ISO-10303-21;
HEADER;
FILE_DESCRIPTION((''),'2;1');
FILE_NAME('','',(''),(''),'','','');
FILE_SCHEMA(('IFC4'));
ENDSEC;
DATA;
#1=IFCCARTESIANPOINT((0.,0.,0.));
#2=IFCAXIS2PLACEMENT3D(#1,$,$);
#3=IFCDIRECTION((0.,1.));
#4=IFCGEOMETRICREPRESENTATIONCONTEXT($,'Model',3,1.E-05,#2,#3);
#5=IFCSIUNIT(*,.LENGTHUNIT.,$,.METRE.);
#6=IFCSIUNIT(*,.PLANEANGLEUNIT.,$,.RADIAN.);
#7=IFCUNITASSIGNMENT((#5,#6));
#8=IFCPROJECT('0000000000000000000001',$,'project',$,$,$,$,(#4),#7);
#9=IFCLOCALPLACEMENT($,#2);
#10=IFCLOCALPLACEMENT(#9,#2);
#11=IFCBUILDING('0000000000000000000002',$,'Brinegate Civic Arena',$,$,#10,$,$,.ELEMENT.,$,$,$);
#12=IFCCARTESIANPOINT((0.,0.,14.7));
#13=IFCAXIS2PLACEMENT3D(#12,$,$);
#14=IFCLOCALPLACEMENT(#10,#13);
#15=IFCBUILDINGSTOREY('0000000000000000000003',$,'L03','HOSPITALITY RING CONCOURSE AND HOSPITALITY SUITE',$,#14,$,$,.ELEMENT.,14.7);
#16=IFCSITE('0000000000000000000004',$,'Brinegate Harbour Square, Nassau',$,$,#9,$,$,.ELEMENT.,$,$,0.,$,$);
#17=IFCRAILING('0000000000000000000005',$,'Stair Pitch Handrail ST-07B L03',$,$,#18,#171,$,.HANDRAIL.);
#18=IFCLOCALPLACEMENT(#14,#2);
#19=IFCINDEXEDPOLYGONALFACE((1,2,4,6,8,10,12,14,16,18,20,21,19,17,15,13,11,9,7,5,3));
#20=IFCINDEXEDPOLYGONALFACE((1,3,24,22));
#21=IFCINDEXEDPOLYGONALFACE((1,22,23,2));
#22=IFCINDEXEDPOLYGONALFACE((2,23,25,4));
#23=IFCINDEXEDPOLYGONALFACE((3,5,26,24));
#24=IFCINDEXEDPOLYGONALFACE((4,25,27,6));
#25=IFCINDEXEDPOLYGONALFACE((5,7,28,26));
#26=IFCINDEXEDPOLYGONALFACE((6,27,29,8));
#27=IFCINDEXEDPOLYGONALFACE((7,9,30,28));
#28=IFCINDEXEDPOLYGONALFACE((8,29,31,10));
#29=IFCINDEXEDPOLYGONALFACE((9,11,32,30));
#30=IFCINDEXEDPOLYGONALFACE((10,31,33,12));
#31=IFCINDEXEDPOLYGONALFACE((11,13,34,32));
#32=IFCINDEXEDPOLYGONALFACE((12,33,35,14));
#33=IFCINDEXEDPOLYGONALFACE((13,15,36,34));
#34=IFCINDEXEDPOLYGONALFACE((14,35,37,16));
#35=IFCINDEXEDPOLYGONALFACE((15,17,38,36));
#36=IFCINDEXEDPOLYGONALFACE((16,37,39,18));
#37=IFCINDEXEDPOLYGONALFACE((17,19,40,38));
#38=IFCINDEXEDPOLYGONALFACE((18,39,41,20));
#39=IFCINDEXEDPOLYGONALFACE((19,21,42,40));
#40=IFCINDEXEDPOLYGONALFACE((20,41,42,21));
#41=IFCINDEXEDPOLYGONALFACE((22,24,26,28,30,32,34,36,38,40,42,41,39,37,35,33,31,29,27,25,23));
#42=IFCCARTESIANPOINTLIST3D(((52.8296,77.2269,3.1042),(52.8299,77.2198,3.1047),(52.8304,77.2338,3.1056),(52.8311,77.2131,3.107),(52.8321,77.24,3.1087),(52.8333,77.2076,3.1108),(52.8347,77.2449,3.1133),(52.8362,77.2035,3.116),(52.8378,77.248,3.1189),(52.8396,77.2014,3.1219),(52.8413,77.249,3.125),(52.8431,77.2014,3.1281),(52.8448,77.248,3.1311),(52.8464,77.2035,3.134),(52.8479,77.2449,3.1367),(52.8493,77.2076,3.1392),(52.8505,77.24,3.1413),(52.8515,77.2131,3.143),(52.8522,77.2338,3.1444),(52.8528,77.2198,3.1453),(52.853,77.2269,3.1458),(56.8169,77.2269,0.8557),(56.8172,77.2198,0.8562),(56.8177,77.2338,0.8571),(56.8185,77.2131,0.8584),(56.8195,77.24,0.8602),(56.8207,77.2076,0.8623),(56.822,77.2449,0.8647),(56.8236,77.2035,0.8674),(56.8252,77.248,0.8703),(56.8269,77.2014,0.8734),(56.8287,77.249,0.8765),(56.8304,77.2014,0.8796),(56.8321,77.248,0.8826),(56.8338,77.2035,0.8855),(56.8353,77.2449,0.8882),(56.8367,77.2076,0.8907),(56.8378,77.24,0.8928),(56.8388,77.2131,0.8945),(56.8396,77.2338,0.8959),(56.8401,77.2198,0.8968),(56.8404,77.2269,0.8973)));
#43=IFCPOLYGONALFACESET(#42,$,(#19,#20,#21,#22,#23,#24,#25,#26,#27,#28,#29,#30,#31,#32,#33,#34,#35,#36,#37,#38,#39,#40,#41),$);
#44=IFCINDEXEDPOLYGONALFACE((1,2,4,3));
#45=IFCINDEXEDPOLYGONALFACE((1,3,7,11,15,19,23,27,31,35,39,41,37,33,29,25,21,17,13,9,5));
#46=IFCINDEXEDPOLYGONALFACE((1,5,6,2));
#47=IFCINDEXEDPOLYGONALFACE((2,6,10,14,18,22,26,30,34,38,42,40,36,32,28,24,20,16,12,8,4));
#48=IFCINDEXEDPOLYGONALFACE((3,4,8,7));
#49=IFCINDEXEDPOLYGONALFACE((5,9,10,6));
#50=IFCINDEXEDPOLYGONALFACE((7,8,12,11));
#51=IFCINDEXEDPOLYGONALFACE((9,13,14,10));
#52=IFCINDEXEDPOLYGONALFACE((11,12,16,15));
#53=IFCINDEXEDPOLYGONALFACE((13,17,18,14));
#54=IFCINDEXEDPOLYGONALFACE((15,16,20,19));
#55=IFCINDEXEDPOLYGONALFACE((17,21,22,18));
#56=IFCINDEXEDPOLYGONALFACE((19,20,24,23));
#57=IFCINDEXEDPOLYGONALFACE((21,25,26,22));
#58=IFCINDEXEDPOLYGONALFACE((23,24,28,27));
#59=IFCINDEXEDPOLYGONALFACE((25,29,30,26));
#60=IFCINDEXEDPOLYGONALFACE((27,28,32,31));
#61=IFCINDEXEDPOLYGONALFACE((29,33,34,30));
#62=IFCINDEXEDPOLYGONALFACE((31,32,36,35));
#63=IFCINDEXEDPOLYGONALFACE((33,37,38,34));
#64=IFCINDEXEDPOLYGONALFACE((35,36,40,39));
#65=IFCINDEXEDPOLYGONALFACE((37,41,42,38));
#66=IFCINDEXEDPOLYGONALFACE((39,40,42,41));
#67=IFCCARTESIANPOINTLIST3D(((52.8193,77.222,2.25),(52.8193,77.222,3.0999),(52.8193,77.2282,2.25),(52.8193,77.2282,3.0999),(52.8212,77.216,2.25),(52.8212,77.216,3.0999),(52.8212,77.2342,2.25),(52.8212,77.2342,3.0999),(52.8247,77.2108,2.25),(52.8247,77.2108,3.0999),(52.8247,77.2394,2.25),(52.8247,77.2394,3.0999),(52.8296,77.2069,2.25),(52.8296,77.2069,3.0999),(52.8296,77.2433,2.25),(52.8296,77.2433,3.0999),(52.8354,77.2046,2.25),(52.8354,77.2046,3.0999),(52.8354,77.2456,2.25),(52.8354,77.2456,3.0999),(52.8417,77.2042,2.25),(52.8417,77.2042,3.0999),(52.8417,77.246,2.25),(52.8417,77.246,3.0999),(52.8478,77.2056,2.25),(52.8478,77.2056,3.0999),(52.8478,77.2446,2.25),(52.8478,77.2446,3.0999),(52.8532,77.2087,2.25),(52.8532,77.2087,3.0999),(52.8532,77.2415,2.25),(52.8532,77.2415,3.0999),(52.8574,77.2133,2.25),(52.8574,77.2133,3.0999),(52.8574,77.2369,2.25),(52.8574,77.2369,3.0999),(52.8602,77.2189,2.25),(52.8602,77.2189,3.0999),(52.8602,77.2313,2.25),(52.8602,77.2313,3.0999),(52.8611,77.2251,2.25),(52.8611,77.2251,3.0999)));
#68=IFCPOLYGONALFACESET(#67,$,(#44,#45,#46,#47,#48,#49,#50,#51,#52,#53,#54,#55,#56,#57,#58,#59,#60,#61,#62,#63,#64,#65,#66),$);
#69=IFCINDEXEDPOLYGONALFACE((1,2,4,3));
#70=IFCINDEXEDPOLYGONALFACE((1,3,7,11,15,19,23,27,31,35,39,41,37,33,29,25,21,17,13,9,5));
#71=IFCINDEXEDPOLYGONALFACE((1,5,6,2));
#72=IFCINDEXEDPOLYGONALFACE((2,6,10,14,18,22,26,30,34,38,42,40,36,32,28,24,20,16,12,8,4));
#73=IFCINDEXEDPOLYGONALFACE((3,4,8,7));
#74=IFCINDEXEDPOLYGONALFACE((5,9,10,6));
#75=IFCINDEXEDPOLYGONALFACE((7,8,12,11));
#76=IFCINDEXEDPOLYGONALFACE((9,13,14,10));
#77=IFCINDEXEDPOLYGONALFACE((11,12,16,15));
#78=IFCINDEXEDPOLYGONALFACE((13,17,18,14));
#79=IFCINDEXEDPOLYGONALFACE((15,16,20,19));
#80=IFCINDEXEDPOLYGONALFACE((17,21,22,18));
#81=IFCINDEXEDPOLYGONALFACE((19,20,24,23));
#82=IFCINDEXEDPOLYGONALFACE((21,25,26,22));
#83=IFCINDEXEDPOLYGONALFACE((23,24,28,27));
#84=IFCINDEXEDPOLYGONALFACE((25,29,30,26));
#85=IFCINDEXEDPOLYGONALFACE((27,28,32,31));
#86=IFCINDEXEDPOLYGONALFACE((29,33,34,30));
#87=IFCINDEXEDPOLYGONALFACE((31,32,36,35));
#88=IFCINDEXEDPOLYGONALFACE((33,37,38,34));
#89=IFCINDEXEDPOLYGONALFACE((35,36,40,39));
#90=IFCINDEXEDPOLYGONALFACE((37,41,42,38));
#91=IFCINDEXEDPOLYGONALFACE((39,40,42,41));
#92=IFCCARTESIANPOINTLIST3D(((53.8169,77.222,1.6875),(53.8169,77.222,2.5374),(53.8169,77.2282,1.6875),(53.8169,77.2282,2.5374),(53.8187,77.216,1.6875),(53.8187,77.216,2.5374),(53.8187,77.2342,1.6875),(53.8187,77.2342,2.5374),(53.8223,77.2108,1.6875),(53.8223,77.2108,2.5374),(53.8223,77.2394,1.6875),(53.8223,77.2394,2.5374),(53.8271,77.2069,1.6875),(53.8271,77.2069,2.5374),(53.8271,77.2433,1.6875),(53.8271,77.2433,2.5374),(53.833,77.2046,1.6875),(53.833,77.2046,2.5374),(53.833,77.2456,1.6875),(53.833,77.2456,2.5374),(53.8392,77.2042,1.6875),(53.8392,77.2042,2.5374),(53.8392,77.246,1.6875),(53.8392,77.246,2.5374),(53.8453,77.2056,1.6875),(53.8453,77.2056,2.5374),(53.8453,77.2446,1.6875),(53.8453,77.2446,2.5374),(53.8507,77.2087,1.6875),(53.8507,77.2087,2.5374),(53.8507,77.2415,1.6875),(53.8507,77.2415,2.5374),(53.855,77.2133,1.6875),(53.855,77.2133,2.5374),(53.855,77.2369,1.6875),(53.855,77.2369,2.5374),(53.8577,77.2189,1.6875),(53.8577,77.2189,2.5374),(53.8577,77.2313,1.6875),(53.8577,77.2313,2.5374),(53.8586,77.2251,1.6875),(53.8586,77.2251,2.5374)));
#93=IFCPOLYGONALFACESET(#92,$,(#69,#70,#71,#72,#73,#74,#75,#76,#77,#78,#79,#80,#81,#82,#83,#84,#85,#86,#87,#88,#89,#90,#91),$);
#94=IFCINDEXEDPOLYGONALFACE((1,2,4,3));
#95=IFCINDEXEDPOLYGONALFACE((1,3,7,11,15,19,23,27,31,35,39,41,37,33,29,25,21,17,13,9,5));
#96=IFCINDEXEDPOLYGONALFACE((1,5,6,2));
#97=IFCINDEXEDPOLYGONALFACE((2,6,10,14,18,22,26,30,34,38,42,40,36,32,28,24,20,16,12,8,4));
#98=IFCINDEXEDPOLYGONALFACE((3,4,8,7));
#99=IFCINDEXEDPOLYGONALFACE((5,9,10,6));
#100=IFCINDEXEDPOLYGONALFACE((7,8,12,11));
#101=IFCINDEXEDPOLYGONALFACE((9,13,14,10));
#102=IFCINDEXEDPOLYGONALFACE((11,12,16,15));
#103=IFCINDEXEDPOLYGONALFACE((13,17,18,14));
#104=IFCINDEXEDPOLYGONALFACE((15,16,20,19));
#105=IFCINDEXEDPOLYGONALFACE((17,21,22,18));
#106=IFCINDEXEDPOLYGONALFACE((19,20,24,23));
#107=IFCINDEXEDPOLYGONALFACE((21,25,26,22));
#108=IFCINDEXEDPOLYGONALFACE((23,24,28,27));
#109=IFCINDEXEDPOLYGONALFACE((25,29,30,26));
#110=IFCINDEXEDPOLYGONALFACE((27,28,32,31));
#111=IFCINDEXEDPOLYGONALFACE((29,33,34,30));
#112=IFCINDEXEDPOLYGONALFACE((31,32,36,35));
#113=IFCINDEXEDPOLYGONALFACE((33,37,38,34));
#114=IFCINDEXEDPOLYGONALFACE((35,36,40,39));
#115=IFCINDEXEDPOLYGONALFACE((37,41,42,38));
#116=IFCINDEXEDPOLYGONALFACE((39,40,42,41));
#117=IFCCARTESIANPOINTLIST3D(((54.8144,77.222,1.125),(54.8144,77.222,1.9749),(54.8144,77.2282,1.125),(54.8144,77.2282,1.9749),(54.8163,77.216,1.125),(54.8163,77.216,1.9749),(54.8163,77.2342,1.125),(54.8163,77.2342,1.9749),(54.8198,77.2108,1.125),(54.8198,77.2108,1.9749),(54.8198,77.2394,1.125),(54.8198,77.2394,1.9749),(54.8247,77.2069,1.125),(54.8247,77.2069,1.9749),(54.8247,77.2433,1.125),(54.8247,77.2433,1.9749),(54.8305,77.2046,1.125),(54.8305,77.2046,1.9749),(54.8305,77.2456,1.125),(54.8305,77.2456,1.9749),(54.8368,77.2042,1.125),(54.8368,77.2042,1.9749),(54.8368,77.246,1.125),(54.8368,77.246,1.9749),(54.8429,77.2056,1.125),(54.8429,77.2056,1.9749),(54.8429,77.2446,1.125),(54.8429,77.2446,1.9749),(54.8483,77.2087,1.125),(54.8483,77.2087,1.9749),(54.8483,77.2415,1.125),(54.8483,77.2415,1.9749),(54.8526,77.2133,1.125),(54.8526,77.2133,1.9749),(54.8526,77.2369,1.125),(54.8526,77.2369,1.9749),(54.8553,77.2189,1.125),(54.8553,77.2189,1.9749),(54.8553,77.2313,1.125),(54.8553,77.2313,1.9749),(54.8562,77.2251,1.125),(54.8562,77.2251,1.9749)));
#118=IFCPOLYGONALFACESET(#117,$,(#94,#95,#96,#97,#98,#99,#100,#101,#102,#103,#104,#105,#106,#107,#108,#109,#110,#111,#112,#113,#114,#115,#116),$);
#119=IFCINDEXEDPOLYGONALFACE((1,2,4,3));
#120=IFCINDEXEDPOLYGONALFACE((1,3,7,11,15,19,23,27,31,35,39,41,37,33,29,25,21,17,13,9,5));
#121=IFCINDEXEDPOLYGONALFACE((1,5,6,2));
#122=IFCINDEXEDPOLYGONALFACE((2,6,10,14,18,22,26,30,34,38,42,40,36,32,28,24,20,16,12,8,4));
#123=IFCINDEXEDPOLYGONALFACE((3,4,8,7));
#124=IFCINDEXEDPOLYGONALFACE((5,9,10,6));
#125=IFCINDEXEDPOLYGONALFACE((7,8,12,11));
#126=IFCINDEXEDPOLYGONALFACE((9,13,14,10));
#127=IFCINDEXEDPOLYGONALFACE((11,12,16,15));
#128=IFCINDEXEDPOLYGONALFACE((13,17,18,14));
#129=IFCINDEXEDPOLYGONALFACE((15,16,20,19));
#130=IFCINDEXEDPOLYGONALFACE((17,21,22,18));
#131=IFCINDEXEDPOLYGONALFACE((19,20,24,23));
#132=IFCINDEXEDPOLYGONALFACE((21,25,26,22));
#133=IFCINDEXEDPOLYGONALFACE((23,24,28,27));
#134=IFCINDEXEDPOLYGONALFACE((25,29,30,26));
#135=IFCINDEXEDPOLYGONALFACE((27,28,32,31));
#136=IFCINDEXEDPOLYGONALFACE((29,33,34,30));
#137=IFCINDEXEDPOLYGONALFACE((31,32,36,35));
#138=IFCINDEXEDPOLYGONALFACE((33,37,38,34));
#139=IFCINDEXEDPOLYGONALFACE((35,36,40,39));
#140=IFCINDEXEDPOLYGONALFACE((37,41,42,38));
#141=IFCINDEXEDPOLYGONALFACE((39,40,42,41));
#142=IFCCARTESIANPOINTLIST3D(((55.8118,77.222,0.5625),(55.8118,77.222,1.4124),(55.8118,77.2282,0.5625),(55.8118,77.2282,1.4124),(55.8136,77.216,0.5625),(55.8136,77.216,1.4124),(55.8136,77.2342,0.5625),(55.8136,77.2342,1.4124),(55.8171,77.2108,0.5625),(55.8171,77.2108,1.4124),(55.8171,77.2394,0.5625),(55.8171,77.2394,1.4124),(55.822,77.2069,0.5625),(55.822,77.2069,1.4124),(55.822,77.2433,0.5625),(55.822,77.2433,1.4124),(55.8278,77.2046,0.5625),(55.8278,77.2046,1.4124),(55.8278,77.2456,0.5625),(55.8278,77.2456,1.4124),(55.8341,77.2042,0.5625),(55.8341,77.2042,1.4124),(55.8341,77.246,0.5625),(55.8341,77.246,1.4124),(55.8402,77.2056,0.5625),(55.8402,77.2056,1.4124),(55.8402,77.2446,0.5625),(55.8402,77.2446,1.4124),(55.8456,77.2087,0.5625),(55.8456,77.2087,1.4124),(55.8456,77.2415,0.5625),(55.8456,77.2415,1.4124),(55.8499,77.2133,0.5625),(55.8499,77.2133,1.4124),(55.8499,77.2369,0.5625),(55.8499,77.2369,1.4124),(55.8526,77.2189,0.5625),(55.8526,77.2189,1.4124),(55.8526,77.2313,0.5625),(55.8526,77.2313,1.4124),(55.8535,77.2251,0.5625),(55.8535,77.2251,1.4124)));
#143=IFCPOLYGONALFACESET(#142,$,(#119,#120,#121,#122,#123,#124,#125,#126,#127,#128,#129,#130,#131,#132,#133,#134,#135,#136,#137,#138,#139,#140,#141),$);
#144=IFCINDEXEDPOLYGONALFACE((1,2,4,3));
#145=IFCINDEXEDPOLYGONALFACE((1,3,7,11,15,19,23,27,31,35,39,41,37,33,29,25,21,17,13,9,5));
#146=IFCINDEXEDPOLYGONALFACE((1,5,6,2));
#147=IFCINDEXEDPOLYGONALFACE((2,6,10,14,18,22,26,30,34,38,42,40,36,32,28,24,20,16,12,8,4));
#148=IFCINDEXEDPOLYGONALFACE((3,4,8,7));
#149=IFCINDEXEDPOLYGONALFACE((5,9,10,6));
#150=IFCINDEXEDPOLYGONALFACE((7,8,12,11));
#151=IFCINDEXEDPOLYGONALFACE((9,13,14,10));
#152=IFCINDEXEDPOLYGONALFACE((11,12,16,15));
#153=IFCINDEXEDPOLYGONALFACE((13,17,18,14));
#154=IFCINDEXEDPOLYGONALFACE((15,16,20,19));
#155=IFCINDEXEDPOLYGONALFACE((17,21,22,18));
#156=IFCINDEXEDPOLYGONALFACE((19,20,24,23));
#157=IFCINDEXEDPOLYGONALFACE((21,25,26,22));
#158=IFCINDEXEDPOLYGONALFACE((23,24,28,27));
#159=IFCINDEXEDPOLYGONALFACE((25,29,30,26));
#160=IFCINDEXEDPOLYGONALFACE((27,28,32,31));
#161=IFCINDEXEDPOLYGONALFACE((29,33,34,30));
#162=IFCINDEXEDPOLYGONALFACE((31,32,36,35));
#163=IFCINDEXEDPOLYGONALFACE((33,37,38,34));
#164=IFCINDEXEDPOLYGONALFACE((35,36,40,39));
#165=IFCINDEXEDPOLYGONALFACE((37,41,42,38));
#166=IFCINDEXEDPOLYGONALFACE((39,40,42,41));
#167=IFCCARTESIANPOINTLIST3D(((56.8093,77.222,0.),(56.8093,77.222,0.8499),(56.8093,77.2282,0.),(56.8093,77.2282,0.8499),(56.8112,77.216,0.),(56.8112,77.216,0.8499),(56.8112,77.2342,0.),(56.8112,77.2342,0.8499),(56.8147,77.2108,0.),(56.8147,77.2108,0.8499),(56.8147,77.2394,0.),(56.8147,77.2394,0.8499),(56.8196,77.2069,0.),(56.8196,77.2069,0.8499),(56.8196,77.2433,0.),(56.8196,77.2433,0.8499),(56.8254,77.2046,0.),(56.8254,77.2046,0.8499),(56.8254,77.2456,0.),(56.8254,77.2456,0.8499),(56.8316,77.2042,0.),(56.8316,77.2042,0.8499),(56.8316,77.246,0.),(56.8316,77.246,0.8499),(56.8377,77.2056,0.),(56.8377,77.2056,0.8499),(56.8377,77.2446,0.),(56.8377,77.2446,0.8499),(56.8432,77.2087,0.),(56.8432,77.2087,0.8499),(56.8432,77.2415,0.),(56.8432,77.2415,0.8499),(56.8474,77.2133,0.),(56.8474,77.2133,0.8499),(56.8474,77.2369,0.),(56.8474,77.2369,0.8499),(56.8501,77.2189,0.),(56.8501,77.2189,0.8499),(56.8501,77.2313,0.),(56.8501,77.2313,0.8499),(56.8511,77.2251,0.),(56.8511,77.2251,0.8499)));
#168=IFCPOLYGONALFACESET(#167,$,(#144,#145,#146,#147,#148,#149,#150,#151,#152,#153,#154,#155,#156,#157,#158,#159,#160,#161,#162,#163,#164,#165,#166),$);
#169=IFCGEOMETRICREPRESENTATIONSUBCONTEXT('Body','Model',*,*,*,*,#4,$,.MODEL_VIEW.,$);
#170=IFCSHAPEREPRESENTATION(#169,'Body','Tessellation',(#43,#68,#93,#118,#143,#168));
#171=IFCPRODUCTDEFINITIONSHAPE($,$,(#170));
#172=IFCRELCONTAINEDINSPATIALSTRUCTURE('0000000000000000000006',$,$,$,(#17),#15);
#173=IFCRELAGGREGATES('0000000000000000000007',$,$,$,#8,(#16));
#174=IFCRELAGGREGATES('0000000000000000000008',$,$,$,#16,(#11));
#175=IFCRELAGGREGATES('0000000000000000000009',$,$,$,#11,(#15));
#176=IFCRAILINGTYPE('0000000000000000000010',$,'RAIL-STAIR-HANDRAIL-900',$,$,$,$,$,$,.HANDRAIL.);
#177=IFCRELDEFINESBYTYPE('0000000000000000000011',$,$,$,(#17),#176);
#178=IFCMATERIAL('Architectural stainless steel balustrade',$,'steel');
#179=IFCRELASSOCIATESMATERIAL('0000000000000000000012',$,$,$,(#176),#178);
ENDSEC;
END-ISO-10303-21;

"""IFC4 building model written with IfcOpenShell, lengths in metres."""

from ifc_helpers import new_model, si_unit, direction, frame, origin, origin_2d, place, context, subcontext, project, spatial, circle, extrude, material, type_object, element, save


model = new_model("IFC4")

# Units and contexts
model_context = context("Model", 3, precision=1e-05, world=origin(), true_north=direction((0.0, 1.0)))
body_context = subcontext(model_context, "Body", "Model", "MODEL_VIEW")
ifc_project = project(units=[si_unit("LENGTHUNIT", "METRE"), si_unit("PLANEANGLEUNIT", "RADIAN")], contexts=[model_context])

# Site, building, storey
site_placement = place(None, origin())
site = spatial("IfcSite", under=ifc_project, at=site_placement, Name="Brinegate Harbour Square, Nassau", CompositionType="ELEMENT", RefElevation=0.0)
building_placement = place(site_placement, origin())
building = spatial("IfcBuilding", under=site, at=building_placement, Name="Brinegate Civic Arena", CompositionType="ELEMENT")
storey_placement = place(building_placement, frame((0.0, 0.0, 14.7)))
storey = spatial("IfcBuildingStorey", under=building, at=storey_placement, Name="L03", Description="HOSPITALITY RING CONCOURSE AND HOSPITALITY SUITE", CompositionType="ELEMENT", Elevation=14.7)

# Shared definitions
ifc_material_1 = material(Name="Architectural stainless steel balustrade", Category="steel")

# Railing
railing_type_1 = type_object("IfcRailingType", Name="RAIL-STAIR-HANDRAIL-900", PredefinedType="HANDRAIL", material=ifc_material_1)
for number, where, name in (
    (1, (52.8401, 77.2251, 2.25), "Stair Pitch Handrail ST-07B L03"),
):
    element("IfcRailing", number, at=place(storey_placement, frame(where)), inside=storey, type_object=railing_type_1, Name=name, PredefinedType="HANDRAIL", context=body_context, shape_type="SweptSolid", body=[
        extrude(circle(Radius=0.0239, at=origin_2d()), frame((0.0012, 0.0, 0.875), z_axis=(0.87105, 0.0, -0.491195), x_axis=(0.0, 1.0, 0.0)), (0.0, 0.0, 1.0), 4.5776),
        extrude(circle(Radius=0.021, at=origin_2d()), origin(), (0.0, 0.0, 1.0), 0.8499),
        extrude(circle(Radius=0.021, at=origin_2d()), frame((0.9976, 0.0, -0.5625)), (0.0, 0.0, 1.0), 0.8499),
        extrude(circle(Radius=0.021, at=origin_2d()), frame((1.9951, 0.0, -1.125)), (0.0, 0.0, 1.0), 0.8499),
        extrude(circle(Radius=0.021, at=origin_2d()), frame((2.9924, 0.0, -1.6875)), (0.0, 0.0, 1.0), 0.8499),
        extrude(circle(Radius=0.021, at=origin_2d()), frame((3.99, 0.0, -2.25)), (0.0, 0.0, 1.0), 0.8499),
    ])

save(model, "model.ifc")
